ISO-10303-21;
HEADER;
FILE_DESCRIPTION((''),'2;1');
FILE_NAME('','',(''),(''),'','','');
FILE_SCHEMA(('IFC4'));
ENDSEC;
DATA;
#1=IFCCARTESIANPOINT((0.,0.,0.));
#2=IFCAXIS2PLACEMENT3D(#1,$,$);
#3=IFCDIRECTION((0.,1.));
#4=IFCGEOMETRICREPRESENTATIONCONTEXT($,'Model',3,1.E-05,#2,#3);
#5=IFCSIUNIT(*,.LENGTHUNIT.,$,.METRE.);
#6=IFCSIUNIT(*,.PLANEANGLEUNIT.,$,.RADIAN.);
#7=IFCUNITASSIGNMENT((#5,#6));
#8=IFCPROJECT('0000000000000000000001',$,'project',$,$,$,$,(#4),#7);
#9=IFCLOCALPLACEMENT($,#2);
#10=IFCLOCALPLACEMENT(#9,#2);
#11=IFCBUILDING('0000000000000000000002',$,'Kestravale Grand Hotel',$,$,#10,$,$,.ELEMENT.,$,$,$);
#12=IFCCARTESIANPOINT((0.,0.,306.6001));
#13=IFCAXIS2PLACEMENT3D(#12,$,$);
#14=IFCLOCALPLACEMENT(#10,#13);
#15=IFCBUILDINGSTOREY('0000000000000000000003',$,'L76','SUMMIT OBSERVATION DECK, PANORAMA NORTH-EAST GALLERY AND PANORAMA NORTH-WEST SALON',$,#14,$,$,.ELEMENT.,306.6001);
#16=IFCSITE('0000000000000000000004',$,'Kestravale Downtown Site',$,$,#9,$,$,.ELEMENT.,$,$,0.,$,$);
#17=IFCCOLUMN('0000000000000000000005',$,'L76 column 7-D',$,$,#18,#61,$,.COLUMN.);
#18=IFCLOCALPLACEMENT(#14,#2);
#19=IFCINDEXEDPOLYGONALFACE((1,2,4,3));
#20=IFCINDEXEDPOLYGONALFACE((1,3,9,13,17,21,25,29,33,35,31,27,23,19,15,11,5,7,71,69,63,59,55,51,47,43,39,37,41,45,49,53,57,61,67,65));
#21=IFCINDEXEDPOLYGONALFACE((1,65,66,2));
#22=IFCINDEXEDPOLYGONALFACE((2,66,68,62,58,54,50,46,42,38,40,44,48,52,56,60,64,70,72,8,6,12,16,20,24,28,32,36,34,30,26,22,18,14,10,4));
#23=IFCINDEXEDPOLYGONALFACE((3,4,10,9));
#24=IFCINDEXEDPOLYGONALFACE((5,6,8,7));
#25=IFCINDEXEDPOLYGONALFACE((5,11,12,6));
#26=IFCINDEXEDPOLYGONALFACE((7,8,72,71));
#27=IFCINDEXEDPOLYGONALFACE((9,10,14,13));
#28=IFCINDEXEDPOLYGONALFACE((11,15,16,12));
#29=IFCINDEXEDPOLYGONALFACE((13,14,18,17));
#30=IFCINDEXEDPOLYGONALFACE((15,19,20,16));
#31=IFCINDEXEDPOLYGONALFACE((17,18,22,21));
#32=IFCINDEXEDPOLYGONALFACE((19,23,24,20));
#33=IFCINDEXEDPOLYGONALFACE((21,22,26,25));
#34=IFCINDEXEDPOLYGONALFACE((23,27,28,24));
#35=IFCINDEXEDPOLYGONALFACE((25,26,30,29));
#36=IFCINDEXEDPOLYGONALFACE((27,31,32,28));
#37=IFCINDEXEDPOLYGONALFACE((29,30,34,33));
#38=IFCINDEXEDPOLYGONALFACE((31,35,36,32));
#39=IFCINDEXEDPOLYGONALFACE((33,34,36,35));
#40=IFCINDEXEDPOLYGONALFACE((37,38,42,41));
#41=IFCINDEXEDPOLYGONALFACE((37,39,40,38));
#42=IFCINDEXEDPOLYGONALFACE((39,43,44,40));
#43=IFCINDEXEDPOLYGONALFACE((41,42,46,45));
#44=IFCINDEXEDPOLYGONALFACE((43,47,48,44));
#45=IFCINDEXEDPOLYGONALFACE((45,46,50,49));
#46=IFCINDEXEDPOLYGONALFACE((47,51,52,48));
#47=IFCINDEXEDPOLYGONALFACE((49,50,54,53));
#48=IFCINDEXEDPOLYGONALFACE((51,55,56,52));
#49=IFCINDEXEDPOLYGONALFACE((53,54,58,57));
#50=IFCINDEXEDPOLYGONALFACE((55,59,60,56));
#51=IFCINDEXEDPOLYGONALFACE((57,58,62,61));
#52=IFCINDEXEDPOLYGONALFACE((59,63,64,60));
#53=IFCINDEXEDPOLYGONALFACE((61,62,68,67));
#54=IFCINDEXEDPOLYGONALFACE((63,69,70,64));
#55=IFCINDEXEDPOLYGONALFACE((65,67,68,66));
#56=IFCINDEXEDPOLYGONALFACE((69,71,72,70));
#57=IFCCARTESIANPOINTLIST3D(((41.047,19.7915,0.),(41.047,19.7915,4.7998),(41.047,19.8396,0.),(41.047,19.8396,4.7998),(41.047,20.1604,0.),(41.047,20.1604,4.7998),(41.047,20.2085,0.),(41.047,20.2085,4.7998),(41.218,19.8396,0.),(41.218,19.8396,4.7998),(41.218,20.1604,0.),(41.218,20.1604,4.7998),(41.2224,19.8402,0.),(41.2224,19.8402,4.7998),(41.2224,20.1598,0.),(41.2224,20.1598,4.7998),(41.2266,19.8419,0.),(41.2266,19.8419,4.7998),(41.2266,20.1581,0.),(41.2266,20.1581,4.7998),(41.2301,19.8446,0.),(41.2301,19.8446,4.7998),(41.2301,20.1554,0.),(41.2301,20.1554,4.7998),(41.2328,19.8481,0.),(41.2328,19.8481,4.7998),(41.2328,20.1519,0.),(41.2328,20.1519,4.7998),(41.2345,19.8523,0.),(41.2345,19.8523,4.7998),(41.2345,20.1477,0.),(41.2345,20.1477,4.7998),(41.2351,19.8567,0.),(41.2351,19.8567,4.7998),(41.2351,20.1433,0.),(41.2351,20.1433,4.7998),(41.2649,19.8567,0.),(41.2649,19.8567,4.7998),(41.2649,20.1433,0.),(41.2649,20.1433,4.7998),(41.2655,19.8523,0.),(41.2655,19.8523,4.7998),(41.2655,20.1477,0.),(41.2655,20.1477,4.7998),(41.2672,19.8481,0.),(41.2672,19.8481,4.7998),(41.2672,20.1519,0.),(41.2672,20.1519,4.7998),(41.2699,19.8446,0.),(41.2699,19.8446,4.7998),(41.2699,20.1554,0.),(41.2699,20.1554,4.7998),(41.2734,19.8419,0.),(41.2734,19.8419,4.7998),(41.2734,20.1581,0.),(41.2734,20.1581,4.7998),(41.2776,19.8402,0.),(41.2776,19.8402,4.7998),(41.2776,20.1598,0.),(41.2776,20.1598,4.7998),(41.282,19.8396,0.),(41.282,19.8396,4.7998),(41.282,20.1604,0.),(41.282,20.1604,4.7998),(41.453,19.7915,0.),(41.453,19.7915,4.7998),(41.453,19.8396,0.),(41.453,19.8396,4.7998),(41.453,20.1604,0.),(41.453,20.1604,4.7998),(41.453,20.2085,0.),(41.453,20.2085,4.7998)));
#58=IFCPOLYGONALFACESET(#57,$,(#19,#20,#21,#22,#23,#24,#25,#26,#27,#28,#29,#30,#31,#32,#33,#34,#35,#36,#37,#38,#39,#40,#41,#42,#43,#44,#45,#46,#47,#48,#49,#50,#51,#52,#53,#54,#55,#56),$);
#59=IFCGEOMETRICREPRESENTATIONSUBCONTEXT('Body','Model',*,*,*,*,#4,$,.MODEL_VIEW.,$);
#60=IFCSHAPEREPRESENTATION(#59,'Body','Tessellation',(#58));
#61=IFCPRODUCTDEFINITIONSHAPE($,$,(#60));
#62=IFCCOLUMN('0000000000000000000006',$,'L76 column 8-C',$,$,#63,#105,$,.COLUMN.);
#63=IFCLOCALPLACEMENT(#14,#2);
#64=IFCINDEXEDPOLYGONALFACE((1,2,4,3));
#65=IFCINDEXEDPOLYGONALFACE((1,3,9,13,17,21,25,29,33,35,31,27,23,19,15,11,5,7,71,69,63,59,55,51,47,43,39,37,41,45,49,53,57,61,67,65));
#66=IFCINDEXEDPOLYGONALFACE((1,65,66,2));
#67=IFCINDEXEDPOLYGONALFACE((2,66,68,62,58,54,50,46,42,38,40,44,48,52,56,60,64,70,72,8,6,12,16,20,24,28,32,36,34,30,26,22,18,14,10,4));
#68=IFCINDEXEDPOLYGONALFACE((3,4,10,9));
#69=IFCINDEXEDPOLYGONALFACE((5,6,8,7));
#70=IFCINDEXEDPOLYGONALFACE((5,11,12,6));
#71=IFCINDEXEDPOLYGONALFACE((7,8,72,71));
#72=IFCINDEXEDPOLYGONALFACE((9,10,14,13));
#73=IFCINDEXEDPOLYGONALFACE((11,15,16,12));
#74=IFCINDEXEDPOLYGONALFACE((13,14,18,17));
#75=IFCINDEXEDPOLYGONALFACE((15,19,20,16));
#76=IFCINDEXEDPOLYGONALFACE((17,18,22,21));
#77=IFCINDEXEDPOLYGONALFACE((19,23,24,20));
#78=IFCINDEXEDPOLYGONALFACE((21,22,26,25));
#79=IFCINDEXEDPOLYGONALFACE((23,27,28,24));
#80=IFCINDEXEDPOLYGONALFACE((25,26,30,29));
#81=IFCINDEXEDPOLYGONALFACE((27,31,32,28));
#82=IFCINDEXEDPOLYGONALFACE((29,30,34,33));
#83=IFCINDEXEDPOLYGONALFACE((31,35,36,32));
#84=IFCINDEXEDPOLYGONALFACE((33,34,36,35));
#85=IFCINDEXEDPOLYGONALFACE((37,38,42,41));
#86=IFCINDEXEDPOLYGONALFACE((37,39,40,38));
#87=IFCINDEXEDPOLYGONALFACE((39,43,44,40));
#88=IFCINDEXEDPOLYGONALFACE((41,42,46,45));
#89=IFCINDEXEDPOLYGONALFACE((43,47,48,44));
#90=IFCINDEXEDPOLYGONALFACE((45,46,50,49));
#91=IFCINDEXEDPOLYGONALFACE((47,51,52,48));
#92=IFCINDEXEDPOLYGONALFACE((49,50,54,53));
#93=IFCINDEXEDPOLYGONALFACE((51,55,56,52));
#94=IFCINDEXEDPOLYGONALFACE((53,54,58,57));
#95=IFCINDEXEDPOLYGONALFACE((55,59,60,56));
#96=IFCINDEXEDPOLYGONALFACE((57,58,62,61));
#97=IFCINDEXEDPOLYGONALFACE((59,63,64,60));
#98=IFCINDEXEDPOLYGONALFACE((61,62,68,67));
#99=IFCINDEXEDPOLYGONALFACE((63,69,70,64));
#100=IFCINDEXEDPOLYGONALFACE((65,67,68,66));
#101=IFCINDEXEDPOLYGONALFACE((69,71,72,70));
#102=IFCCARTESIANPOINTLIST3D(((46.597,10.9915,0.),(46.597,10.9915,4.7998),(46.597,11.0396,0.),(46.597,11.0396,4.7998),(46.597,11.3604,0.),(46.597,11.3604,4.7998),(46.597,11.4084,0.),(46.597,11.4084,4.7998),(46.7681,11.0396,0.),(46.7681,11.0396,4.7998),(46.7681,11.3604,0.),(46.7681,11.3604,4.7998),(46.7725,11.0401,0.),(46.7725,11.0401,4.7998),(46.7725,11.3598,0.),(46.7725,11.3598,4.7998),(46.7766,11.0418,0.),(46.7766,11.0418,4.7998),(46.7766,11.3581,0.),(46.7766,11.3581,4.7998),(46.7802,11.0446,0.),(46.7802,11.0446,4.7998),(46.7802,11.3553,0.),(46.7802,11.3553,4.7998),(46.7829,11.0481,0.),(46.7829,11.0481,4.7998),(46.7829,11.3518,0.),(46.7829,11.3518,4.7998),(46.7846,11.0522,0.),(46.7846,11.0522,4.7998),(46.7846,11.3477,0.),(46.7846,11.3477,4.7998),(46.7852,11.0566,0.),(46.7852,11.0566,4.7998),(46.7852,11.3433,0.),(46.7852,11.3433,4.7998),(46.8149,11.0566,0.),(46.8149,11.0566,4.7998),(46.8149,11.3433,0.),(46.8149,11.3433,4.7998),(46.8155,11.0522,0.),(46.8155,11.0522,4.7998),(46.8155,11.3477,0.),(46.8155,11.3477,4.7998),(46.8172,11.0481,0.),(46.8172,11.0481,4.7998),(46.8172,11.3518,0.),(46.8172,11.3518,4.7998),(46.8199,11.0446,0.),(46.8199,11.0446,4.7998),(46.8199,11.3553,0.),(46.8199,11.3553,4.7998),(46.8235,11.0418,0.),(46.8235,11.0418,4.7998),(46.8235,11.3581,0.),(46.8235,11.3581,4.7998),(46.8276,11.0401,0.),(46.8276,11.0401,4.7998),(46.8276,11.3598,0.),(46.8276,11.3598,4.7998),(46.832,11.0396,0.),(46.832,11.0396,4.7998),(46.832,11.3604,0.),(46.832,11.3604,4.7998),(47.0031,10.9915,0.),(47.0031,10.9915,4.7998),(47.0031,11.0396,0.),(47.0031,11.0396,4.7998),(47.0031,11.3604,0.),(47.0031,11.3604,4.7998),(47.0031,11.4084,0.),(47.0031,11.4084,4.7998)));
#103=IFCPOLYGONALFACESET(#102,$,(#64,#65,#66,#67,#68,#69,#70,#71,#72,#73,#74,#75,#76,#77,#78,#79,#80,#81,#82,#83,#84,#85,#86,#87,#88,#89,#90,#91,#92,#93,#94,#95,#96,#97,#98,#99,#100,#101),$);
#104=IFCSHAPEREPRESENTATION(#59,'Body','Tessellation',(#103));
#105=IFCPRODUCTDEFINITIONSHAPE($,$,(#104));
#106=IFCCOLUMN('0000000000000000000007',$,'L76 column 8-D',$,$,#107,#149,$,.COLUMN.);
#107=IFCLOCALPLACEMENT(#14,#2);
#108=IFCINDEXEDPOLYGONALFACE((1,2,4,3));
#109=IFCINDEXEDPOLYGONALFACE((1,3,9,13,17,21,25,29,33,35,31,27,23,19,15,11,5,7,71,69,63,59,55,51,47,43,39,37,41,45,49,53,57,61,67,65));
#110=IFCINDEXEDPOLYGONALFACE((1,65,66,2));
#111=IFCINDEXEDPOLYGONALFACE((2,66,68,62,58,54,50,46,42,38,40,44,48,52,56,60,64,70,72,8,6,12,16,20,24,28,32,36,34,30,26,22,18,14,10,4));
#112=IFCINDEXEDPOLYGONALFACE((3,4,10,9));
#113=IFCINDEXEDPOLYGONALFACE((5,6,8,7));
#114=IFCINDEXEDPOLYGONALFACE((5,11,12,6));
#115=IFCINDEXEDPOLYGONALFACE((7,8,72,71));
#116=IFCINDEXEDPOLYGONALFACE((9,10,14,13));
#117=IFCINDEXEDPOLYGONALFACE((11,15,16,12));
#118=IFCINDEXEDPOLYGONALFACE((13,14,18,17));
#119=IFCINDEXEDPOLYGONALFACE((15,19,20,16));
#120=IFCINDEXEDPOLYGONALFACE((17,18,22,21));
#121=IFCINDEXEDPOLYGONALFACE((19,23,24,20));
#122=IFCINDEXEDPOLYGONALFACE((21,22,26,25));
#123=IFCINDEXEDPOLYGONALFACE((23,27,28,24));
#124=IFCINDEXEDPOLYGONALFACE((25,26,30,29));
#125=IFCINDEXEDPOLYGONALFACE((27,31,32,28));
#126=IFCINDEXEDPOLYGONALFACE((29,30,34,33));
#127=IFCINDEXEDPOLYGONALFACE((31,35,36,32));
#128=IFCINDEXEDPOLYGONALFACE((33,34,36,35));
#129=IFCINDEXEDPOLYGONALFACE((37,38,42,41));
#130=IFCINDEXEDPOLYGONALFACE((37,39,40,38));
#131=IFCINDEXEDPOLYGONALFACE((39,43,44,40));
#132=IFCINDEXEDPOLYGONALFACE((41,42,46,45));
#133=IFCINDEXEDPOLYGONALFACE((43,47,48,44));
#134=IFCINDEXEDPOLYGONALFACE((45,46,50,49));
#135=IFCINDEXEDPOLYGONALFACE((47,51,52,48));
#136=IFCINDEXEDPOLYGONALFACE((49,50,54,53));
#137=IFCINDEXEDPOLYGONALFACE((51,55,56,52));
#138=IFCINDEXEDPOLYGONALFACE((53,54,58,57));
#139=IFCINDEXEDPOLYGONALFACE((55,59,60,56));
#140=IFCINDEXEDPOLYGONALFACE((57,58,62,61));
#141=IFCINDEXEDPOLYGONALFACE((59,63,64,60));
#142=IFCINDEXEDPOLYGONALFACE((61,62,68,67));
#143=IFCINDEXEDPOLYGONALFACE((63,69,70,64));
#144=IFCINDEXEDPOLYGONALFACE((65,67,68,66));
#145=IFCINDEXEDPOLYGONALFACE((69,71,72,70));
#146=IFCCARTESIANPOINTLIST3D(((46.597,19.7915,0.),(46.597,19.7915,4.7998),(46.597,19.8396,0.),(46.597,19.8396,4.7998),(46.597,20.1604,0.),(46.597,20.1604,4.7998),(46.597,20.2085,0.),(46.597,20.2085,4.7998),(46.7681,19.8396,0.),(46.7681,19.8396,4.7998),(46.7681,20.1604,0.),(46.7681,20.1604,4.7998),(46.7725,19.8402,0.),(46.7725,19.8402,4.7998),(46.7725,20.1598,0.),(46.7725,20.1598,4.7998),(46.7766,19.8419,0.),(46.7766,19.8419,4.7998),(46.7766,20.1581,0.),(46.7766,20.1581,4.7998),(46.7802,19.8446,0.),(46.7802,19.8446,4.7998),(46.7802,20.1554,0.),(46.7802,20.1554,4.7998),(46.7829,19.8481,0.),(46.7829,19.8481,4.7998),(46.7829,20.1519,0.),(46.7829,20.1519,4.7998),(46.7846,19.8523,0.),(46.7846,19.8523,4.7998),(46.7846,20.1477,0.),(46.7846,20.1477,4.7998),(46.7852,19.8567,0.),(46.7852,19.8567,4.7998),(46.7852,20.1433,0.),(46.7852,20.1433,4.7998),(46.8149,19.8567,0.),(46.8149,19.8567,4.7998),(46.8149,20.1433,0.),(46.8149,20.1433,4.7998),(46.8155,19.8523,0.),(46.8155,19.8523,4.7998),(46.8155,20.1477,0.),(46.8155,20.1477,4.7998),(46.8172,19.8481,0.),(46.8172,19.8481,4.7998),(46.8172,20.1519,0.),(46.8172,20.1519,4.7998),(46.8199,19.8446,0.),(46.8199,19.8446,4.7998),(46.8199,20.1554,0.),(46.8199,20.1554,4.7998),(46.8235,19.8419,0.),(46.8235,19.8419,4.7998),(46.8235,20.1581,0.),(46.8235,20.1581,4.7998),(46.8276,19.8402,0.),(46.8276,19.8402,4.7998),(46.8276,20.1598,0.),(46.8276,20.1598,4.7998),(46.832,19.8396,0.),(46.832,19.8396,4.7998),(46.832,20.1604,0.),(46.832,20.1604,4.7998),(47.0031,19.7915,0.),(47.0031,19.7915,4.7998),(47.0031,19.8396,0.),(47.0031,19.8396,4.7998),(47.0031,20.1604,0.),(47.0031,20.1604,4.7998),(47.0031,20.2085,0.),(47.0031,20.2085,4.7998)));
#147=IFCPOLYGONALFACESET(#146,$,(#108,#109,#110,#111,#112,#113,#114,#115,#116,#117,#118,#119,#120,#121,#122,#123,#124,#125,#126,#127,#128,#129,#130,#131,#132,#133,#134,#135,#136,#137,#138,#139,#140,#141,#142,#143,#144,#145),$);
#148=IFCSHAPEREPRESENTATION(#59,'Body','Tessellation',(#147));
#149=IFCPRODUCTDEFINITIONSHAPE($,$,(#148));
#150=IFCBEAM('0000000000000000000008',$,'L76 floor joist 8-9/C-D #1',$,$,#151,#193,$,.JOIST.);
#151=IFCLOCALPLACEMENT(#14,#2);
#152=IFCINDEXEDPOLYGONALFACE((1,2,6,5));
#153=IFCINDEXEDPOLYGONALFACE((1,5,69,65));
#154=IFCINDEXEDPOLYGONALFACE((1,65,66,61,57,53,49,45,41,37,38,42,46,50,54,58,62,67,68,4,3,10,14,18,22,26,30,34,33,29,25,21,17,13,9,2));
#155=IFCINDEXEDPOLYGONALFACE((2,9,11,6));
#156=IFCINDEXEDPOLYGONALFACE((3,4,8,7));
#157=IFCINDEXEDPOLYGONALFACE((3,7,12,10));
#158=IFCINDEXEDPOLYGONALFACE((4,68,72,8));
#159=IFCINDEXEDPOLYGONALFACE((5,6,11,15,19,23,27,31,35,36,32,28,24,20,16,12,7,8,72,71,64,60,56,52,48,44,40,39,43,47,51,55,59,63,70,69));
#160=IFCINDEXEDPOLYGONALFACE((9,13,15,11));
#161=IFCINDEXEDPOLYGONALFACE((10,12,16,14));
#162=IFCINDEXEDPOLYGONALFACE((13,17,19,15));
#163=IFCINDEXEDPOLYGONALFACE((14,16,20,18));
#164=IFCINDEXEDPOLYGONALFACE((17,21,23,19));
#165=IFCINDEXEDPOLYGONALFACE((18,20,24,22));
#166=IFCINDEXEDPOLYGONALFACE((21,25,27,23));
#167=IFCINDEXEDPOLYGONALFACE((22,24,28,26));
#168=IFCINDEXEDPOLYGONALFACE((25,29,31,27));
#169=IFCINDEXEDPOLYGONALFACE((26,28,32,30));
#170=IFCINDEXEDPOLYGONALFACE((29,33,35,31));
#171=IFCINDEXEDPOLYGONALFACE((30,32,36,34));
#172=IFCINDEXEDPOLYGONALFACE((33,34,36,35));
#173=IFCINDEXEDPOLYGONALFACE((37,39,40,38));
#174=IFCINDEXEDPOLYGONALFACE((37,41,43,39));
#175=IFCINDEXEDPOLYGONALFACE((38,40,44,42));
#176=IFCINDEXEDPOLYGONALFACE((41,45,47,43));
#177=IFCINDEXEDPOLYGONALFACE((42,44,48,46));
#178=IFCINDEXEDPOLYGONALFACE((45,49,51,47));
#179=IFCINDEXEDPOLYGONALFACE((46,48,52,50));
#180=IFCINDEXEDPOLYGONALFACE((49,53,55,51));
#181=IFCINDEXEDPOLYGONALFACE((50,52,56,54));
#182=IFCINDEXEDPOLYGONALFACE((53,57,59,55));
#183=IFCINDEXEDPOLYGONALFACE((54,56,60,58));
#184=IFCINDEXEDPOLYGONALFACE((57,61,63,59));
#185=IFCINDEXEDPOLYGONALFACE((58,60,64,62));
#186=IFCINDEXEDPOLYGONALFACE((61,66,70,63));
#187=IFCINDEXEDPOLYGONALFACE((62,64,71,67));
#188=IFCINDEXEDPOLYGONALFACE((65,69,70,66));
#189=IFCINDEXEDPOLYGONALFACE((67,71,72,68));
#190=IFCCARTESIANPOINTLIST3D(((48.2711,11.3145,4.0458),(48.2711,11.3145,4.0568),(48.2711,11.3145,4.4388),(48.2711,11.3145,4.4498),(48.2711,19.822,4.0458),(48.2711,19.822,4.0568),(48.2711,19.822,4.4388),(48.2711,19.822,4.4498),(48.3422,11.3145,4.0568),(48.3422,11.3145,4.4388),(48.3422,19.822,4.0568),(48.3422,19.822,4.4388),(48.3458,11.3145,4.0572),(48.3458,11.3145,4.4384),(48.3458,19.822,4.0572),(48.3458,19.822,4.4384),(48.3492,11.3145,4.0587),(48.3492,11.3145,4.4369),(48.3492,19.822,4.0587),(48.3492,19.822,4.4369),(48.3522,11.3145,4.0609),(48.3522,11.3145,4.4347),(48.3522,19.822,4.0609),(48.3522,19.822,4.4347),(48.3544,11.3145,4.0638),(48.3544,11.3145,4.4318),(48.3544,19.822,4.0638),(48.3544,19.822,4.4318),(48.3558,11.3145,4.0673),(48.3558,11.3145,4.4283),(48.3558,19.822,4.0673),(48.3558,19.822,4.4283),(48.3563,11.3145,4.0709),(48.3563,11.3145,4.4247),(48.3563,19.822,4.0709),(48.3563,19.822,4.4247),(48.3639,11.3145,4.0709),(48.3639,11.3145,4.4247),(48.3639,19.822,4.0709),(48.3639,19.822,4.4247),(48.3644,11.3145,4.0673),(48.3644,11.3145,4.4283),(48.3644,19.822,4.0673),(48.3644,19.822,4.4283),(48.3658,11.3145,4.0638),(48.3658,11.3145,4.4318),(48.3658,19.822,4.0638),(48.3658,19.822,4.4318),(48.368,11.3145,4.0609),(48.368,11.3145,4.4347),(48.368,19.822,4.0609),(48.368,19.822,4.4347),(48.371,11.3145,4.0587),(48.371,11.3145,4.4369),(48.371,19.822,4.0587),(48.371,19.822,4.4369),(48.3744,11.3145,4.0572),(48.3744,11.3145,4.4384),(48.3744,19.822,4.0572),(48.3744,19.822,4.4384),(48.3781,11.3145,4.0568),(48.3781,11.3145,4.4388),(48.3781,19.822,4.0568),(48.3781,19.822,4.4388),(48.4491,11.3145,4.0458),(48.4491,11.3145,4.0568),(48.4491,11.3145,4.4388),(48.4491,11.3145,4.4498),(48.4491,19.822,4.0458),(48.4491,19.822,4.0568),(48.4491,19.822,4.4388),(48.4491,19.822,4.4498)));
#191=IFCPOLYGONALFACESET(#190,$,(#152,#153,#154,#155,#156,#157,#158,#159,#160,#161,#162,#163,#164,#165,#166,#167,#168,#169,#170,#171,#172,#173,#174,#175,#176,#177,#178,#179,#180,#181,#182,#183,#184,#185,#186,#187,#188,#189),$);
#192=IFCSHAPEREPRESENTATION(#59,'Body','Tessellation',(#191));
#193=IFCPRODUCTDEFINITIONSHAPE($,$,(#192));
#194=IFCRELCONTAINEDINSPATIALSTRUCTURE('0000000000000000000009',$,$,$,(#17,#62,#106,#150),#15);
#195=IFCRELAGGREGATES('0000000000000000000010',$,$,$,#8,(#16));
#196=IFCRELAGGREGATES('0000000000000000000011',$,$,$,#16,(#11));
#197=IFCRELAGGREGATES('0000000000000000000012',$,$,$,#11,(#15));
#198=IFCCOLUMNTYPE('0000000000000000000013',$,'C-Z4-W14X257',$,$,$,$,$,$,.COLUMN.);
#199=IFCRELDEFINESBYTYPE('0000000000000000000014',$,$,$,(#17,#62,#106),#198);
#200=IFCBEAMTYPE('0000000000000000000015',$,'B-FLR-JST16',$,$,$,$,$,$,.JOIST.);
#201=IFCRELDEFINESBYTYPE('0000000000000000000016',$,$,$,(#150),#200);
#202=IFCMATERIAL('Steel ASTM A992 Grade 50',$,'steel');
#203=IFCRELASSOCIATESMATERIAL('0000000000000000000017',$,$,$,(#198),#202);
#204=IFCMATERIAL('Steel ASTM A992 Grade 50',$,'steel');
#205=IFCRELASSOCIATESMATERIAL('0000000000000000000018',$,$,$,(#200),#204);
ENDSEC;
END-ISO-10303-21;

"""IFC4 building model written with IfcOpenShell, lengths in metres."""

from ifc_helpers import new_model, si_unit, direction, frame, origin, origin_2d, place, context, subcontext, project, spatial, i_section, extrude, material, material_profile, profile_set, type_object, element, save


model = new_model("IFC4")

# Units and contexts
model_context = context("Model", 3, precision=1e-05, world=origin(), true_north=direction((0.0, 1.0)))
body_context = subcontext(model_context, "Body", "Model", "MODEL_VIEW")
ifc_project = project(units=[si_unit("LENGTHUNIT", "METRE"), si_unit("PLANEANGLEUNIT", "RADIAN")], contexts=[model_context])

# Site, building, storey
site_placement = place(None, origin())
site = spatial("IfcSite", under=ifc_project, at=site_placement, Name="Kestravale Downtown Site", CompositionType="ELEMENT", RefElevation=0.0)
building_placement = place(site_placement, origin())
building = spatial("IfcBuilding", under=site, at=building_placement, Name="Kestravale Grand Hotel", CompositionType="ELEMENT")
storey_placement = place(building_placement, frame((0.0, 0.0, 306.6001)))
storey = spatial("IfcBuildingStorey", under=building, at=storey_placement, Name="L76", Description="SUMMIT OBSERVATION DECK, PANORAMA NORTH-EAST GALLERY AND PANORAMA NORTH-WEST SALON", CompositionType="ELEMENT", Elevation=306.6001)

# Columns
ifc_material_1 = material(Name="Steel ASTM A992 Grade 50", Category="steel")
ifc_material_profile_1 = material_profile(ifc_material_1, i_section(OverallWidth=0.406, OverallDepth=0.417, WebThickness=0.0298, FlangeThickness=0.0481, FilletRadius=0.0171, at=origin_2d()))
ifc_profile_set_1 = profile_set([ifc_material_profile_1], Name="Steel ASTM A992 Grade 50")
column_type = type_object("IfcColumnType", Name="C-Z4-W14X257", PredefinedType="COLUMN", material=ifc_profile_set_1)
for number, where, z_axis, x_axis, name in (
    (1, (41.25, 20.0, 0.0), (0.0, 0.0, 1.0), (1.0, 0.0, 0.0), "L76 column 7-D"),
    (2, (46.8, 11.2, 0.0), (0.0, 0.0, 1.0), (1.0, 0.0, 0.0), "L76 column 8-C"),
    (3, (46.8, 20.0, 0.0), (0.0, 0.0, 1.0), (1.0, 0.0, 0.0), "L76 column 8-D"),
):
    element("IfcColumn", number, at=place(storey_placement, frame(where, z_axis=z_axis, x_axis=x_axis)), inside=storey, type_object=column_type, Name=name, PredefinedType="COLUMN", context=body_context, shape_type="SweptSolid", body=[
        extrude(i_section(OverallWidth=0.406, OverallDepth=0.417, WebThickness=0.0298, FlangeThickness=0.0481, FilletRadius=0.0171, at=origin_2d()), origin(), (0.0, 0.0, 1.0), 4.7998),
    ])

# Beam
ifc_material_2 = material(Name="Steel ASTM A992 Grade 50", Category="steel")
ifc_material_profile_2 = material_profile(ifc_material_2, i_section(OverallWidth=0.178, OverallDepth=0.4041, WebThickness=0.0076, FlangeThickness=0.011, FilletRadius=0.0142, at=origin_2d()))
ifc_profile_set_2 = profile_set([ifc_material_profile_2], Name="Steel ASTM A992 Grade 50")
beam_type_1 = type_object("IfcBeamType", Name="B-FLR-JST16", PredefinedType="JOIST", material=ifc_profile_set_2)
for number, where, z_axis, x_axis, name in (
    (4, (48.3601, 11.3145, 4.2478), (0.0, 1.0, 0.0), (-1.0, 0.0, 0.0), "L76 floor joist 8-9/C-D #1"),
):
    element("IfcBeam", number, at=place(storey_placement, frame(where, z_axis=z_axis, x_axis=x_axis)), inside=storey, type_object=beam_type_1, Name=name, PredefinedType="JOIST", context=body_context, shape_type="SweptSolid", body=[
        extrude(i_section(OverallWidth=0.178, OverallDepth=0.4041, WebThickness=0.0076, FlangeThickness=0.011, FilletRadius=0.0142, at=origin_2d()), origin(), (0.0, 0.0, 1.0), 8.5076),
    ])

save(model, "model.ifc")
